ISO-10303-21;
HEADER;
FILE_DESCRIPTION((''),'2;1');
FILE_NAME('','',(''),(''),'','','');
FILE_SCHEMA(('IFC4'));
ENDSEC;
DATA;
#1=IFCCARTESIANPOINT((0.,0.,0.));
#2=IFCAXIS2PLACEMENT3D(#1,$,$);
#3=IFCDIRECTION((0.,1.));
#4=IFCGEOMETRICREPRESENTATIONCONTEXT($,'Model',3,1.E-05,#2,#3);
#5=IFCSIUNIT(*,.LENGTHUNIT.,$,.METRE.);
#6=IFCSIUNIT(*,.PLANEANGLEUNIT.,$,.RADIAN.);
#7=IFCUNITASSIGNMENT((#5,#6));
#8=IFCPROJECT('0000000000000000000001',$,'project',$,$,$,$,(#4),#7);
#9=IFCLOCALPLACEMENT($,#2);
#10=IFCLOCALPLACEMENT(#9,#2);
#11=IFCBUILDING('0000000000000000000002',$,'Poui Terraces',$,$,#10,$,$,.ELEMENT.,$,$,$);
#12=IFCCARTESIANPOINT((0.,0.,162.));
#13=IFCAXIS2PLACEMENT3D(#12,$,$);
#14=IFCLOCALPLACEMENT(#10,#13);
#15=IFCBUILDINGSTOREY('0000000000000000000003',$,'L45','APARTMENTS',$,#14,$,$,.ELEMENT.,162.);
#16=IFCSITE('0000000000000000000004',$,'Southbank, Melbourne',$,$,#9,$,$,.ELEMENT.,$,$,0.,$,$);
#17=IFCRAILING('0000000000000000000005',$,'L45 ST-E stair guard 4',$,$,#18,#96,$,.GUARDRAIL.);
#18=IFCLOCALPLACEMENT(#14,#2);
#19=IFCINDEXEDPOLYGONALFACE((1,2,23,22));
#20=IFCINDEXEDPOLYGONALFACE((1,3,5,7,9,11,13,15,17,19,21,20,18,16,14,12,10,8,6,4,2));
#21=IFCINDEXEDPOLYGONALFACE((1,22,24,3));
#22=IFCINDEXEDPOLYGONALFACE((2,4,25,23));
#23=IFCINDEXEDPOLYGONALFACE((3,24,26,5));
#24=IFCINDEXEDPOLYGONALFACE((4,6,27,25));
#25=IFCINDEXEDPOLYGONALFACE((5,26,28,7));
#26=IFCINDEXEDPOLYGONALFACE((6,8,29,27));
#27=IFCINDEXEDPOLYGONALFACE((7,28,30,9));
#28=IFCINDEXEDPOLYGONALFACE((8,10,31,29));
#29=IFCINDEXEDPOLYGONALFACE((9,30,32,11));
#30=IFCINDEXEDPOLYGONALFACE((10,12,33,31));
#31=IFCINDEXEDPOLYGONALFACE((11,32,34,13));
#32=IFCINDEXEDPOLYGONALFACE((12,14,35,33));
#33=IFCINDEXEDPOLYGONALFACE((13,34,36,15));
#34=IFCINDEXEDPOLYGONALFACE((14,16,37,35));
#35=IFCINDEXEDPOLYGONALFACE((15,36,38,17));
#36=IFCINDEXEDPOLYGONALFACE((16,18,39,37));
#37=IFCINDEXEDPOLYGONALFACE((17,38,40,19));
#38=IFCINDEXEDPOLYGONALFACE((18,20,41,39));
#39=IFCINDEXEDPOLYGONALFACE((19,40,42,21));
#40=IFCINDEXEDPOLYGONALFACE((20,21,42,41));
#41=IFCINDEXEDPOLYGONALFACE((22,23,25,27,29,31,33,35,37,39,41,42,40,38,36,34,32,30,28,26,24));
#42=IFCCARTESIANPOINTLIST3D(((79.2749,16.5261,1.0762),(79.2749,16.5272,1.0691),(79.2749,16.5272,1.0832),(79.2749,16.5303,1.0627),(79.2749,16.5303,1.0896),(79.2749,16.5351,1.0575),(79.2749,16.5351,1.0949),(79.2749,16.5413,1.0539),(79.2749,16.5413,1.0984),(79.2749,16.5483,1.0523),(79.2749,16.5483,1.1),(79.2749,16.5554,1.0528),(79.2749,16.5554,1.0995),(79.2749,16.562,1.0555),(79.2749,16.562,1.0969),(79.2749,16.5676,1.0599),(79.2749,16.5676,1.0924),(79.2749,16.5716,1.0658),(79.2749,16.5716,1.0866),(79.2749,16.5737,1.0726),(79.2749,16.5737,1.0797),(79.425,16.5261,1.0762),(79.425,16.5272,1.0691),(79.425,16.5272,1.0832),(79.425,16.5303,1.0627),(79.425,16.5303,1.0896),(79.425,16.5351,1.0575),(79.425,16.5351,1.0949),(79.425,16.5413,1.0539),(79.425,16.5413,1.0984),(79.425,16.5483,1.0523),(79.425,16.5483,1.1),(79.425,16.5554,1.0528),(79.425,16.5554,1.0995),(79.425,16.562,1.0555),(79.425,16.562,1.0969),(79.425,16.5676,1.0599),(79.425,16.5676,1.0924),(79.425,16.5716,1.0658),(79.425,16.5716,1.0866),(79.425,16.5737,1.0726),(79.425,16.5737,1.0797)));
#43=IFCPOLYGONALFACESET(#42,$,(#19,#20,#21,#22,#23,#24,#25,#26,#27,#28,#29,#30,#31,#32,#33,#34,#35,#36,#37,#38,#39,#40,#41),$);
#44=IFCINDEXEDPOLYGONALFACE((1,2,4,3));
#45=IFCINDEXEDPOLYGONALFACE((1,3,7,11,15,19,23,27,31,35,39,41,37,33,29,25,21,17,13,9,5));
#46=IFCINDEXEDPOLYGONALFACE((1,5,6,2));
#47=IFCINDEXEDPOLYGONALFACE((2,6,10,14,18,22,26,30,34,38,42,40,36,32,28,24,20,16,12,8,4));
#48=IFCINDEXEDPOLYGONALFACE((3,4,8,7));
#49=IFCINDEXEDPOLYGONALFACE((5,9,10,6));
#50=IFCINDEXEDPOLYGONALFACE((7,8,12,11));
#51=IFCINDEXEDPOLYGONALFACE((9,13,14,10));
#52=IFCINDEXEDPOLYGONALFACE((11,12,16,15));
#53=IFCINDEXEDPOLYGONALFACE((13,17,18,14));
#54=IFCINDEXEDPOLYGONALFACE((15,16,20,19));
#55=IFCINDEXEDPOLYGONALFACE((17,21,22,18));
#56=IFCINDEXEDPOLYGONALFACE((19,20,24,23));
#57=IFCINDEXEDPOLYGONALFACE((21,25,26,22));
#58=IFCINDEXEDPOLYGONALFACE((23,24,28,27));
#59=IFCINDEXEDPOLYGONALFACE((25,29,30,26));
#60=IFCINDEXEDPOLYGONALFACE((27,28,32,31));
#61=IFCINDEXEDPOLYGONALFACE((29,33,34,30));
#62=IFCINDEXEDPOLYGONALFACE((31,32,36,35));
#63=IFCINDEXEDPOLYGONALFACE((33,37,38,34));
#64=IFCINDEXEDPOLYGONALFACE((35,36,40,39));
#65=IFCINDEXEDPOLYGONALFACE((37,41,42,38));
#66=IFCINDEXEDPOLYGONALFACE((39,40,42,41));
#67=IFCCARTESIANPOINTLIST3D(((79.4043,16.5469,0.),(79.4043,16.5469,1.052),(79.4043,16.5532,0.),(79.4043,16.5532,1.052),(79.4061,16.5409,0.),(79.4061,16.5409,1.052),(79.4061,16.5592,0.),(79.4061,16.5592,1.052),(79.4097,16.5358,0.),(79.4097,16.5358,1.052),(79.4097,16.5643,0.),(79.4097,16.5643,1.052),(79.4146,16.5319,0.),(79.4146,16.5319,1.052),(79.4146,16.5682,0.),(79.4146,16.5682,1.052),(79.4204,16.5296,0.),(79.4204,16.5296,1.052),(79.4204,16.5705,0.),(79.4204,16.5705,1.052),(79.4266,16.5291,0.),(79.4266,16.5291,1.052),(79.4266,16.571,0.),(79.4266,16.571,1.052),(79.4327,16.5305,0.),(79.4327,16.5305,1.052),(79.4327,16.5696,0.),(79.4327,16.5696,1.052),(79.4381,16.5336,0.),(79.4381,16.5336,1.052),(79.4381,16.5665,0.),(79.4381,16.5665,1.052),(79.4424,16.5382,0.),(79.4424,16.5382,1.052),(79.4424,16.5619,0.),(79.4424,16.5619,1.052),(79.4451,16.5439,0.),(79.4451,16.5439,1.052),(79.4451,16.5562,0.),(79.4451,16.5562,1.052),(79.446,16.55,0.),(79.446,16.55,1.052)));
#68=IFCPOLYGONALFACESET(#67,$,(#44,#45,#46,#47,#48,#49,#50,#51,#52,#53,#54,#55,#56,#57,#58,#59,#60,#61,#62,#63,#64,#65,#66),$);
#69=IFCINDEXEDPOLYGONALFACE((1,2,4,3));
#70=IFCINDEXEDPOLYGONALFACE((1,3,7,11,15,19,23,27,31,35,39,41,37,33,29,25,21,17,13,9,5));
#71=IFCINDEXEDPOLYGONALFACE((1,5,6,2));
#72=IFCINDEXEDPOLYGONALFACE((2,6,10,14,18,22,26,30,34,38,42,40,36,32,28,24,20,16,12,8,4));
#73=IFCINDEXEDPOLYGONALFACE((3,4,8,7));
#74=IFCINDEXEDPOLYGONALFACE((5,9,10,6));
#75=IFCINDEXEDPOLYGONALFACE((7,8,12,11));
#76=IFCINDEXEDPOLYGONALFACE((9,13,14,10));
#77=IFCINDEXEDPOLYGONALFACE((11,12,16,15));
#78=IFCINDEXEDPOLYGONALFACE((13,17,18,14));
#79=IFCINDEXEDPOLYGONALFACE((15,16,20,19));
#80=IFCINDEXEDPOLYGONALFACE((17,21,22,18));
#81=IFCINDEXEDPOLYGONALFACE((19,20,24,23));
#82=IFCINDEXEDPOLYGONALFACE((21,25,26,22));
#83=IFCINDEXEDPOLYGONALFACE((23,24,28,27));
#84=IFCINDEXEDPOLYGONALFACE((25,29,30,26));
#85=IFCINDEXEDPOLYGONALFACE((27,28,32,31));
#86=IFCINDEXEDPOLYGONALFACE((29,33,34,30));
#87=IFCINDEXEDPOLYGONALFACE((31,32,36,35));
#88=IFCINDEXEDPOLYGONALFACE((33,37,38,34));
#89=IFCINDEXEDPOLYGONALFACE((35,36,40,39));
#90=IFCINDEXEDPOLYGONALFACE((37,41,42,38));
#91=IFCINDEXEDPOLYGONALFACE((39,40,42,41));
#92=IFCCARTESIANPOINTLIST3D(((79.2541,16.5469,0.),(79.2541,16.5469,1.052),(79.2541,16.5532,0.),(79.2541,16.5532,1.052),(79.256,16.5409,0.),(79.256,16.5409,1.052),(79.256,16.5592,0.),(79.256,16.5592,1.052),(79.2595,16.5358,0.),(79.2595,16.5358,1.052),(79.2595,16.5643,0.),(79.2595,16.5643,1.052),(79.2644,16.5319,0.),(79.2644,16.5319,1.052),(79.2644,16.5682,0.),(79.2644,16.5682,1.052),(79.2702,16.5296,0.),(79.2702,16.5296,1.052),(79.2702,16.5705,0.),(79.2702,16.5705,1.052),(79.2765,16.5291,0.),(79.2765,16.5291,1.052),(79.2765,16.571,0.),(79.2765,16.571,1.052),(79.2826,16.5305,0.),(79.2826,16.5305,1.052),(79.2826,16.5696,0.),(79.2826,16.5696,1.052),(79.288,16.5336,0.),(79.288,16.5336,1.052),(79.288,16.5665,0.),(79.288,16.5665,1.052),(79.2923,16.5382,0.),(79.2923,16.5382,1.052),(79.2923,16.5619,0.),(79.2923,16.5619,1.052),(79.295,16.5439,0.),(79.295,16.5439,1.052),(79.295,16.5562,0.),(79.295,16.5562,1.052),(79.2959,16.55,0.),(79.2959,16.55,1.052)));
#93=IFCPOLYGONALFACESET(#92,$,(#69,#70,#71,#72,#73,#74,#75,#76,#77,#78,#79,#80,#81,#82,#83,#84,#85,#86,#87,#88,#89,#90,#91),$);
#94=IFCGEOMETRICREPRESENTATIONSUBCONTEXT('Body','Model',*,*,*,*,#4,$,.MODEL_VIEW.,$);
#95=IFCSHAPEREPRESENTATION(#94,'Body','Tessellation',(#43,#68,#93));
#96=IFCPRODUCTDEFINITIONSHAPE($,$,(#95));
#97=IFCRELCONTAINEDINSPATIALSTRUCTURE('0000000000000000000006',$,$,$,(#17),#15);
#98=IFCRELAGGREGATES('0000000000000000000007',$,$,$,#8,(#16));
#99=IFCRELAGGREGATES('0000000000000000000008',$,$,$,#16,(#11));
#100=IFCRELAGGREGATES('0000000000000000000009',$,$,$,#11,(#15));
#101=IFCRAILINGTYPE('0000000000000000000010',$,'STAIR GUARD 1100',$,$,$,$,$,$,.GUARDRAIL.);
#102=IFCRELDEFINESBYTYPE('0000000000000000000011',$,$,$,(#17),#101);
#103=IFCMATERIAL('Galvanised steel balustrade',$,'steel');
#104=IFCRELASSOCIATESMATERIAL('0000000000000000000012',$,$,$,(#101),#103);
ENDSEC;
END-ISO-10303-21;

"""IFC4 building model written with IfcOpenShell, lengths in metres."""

from ifc_helpers import new_model, si_unit, direction, frame, origin, origin_2d, place, context, subcontext, project, spatial, circle, extrude, material, type_object, element, save


model = new_model("IFC4")

# Units and contexts
model_context = context("Model", 3, precision=1e-05, world=origin(), true_north=direction((0.0, 1.0)))
body_context = subcontext(model_context, "Body", "Model", "MODEL_VIEW")
ifc_project = project(units=[si_unit("LENGTHUNIT", "METRE"), si_unit("PLANEANGLEUNIT", "RADIAN")], contexts=[model_context])

# Site, building, storey
site_placement = place(None, origin())
site = spatial("IfcSite", under=ifc_project, at=site_placement, Name="Southbank, Melbourne", CompositionType="ELEMENT", RefElevation=0.0)
building_placement = place(site_placement, origin())
building = spatial("IfcBuilding", under=site, at=building_placement, Name="Poui Terraces", CompositionType="ELEMENT")
storey_placement = place(building_placement, frame((0.0, 0.0, 162.0)))
storey = spatial("IfcBuildingStorey", under=building, at=storey_placement, Name="L45", Description="APARTMENTS", CompositionType="ELEMENT", Elevation=162.0)

# Railing
ifc_material_1 = material(Name="Galvanised steel balustrade", Category="steel")
railing_type_1 = type_object("IfcRailingType", Name="STAIR GUARD 1100", PredefinedType="GUARDRAIL", material=ifc_material_1)
railing_1_placement = place(storey_placement, frame((79.425, 16.55, 0.0)))
element("IfcRailing", 1, at=railing_1_placement, inside=storey, type_object=railing_type_1, Name="L45 ST-E stair guard 4", PredefinedType="GUARDRAIL", context=body_context, shape_type="SweptSolid", body=[
    extrude(circle(Radius=0.0239, at=origin_2d()), frame((0.0, 0.0, 1.0762), z_axis=(-1.0, 0.0, 0.0), x_axis=(0.0, -1.0, 0.0)), (0.0, 0.0, 1.0), 0.1501),
    extrude(circle(Radius=0.021, at=origin_2d()), origin(), (0.0, 0.0, 1.0), 1.052),
    extrude(circle(Radius=0.021, at=origin_2d()), frame((-0.1501, 0.0, 0.0)), (0.0, 0.0, 1.0), 1.052),
])

save(model, "model.ifc")
